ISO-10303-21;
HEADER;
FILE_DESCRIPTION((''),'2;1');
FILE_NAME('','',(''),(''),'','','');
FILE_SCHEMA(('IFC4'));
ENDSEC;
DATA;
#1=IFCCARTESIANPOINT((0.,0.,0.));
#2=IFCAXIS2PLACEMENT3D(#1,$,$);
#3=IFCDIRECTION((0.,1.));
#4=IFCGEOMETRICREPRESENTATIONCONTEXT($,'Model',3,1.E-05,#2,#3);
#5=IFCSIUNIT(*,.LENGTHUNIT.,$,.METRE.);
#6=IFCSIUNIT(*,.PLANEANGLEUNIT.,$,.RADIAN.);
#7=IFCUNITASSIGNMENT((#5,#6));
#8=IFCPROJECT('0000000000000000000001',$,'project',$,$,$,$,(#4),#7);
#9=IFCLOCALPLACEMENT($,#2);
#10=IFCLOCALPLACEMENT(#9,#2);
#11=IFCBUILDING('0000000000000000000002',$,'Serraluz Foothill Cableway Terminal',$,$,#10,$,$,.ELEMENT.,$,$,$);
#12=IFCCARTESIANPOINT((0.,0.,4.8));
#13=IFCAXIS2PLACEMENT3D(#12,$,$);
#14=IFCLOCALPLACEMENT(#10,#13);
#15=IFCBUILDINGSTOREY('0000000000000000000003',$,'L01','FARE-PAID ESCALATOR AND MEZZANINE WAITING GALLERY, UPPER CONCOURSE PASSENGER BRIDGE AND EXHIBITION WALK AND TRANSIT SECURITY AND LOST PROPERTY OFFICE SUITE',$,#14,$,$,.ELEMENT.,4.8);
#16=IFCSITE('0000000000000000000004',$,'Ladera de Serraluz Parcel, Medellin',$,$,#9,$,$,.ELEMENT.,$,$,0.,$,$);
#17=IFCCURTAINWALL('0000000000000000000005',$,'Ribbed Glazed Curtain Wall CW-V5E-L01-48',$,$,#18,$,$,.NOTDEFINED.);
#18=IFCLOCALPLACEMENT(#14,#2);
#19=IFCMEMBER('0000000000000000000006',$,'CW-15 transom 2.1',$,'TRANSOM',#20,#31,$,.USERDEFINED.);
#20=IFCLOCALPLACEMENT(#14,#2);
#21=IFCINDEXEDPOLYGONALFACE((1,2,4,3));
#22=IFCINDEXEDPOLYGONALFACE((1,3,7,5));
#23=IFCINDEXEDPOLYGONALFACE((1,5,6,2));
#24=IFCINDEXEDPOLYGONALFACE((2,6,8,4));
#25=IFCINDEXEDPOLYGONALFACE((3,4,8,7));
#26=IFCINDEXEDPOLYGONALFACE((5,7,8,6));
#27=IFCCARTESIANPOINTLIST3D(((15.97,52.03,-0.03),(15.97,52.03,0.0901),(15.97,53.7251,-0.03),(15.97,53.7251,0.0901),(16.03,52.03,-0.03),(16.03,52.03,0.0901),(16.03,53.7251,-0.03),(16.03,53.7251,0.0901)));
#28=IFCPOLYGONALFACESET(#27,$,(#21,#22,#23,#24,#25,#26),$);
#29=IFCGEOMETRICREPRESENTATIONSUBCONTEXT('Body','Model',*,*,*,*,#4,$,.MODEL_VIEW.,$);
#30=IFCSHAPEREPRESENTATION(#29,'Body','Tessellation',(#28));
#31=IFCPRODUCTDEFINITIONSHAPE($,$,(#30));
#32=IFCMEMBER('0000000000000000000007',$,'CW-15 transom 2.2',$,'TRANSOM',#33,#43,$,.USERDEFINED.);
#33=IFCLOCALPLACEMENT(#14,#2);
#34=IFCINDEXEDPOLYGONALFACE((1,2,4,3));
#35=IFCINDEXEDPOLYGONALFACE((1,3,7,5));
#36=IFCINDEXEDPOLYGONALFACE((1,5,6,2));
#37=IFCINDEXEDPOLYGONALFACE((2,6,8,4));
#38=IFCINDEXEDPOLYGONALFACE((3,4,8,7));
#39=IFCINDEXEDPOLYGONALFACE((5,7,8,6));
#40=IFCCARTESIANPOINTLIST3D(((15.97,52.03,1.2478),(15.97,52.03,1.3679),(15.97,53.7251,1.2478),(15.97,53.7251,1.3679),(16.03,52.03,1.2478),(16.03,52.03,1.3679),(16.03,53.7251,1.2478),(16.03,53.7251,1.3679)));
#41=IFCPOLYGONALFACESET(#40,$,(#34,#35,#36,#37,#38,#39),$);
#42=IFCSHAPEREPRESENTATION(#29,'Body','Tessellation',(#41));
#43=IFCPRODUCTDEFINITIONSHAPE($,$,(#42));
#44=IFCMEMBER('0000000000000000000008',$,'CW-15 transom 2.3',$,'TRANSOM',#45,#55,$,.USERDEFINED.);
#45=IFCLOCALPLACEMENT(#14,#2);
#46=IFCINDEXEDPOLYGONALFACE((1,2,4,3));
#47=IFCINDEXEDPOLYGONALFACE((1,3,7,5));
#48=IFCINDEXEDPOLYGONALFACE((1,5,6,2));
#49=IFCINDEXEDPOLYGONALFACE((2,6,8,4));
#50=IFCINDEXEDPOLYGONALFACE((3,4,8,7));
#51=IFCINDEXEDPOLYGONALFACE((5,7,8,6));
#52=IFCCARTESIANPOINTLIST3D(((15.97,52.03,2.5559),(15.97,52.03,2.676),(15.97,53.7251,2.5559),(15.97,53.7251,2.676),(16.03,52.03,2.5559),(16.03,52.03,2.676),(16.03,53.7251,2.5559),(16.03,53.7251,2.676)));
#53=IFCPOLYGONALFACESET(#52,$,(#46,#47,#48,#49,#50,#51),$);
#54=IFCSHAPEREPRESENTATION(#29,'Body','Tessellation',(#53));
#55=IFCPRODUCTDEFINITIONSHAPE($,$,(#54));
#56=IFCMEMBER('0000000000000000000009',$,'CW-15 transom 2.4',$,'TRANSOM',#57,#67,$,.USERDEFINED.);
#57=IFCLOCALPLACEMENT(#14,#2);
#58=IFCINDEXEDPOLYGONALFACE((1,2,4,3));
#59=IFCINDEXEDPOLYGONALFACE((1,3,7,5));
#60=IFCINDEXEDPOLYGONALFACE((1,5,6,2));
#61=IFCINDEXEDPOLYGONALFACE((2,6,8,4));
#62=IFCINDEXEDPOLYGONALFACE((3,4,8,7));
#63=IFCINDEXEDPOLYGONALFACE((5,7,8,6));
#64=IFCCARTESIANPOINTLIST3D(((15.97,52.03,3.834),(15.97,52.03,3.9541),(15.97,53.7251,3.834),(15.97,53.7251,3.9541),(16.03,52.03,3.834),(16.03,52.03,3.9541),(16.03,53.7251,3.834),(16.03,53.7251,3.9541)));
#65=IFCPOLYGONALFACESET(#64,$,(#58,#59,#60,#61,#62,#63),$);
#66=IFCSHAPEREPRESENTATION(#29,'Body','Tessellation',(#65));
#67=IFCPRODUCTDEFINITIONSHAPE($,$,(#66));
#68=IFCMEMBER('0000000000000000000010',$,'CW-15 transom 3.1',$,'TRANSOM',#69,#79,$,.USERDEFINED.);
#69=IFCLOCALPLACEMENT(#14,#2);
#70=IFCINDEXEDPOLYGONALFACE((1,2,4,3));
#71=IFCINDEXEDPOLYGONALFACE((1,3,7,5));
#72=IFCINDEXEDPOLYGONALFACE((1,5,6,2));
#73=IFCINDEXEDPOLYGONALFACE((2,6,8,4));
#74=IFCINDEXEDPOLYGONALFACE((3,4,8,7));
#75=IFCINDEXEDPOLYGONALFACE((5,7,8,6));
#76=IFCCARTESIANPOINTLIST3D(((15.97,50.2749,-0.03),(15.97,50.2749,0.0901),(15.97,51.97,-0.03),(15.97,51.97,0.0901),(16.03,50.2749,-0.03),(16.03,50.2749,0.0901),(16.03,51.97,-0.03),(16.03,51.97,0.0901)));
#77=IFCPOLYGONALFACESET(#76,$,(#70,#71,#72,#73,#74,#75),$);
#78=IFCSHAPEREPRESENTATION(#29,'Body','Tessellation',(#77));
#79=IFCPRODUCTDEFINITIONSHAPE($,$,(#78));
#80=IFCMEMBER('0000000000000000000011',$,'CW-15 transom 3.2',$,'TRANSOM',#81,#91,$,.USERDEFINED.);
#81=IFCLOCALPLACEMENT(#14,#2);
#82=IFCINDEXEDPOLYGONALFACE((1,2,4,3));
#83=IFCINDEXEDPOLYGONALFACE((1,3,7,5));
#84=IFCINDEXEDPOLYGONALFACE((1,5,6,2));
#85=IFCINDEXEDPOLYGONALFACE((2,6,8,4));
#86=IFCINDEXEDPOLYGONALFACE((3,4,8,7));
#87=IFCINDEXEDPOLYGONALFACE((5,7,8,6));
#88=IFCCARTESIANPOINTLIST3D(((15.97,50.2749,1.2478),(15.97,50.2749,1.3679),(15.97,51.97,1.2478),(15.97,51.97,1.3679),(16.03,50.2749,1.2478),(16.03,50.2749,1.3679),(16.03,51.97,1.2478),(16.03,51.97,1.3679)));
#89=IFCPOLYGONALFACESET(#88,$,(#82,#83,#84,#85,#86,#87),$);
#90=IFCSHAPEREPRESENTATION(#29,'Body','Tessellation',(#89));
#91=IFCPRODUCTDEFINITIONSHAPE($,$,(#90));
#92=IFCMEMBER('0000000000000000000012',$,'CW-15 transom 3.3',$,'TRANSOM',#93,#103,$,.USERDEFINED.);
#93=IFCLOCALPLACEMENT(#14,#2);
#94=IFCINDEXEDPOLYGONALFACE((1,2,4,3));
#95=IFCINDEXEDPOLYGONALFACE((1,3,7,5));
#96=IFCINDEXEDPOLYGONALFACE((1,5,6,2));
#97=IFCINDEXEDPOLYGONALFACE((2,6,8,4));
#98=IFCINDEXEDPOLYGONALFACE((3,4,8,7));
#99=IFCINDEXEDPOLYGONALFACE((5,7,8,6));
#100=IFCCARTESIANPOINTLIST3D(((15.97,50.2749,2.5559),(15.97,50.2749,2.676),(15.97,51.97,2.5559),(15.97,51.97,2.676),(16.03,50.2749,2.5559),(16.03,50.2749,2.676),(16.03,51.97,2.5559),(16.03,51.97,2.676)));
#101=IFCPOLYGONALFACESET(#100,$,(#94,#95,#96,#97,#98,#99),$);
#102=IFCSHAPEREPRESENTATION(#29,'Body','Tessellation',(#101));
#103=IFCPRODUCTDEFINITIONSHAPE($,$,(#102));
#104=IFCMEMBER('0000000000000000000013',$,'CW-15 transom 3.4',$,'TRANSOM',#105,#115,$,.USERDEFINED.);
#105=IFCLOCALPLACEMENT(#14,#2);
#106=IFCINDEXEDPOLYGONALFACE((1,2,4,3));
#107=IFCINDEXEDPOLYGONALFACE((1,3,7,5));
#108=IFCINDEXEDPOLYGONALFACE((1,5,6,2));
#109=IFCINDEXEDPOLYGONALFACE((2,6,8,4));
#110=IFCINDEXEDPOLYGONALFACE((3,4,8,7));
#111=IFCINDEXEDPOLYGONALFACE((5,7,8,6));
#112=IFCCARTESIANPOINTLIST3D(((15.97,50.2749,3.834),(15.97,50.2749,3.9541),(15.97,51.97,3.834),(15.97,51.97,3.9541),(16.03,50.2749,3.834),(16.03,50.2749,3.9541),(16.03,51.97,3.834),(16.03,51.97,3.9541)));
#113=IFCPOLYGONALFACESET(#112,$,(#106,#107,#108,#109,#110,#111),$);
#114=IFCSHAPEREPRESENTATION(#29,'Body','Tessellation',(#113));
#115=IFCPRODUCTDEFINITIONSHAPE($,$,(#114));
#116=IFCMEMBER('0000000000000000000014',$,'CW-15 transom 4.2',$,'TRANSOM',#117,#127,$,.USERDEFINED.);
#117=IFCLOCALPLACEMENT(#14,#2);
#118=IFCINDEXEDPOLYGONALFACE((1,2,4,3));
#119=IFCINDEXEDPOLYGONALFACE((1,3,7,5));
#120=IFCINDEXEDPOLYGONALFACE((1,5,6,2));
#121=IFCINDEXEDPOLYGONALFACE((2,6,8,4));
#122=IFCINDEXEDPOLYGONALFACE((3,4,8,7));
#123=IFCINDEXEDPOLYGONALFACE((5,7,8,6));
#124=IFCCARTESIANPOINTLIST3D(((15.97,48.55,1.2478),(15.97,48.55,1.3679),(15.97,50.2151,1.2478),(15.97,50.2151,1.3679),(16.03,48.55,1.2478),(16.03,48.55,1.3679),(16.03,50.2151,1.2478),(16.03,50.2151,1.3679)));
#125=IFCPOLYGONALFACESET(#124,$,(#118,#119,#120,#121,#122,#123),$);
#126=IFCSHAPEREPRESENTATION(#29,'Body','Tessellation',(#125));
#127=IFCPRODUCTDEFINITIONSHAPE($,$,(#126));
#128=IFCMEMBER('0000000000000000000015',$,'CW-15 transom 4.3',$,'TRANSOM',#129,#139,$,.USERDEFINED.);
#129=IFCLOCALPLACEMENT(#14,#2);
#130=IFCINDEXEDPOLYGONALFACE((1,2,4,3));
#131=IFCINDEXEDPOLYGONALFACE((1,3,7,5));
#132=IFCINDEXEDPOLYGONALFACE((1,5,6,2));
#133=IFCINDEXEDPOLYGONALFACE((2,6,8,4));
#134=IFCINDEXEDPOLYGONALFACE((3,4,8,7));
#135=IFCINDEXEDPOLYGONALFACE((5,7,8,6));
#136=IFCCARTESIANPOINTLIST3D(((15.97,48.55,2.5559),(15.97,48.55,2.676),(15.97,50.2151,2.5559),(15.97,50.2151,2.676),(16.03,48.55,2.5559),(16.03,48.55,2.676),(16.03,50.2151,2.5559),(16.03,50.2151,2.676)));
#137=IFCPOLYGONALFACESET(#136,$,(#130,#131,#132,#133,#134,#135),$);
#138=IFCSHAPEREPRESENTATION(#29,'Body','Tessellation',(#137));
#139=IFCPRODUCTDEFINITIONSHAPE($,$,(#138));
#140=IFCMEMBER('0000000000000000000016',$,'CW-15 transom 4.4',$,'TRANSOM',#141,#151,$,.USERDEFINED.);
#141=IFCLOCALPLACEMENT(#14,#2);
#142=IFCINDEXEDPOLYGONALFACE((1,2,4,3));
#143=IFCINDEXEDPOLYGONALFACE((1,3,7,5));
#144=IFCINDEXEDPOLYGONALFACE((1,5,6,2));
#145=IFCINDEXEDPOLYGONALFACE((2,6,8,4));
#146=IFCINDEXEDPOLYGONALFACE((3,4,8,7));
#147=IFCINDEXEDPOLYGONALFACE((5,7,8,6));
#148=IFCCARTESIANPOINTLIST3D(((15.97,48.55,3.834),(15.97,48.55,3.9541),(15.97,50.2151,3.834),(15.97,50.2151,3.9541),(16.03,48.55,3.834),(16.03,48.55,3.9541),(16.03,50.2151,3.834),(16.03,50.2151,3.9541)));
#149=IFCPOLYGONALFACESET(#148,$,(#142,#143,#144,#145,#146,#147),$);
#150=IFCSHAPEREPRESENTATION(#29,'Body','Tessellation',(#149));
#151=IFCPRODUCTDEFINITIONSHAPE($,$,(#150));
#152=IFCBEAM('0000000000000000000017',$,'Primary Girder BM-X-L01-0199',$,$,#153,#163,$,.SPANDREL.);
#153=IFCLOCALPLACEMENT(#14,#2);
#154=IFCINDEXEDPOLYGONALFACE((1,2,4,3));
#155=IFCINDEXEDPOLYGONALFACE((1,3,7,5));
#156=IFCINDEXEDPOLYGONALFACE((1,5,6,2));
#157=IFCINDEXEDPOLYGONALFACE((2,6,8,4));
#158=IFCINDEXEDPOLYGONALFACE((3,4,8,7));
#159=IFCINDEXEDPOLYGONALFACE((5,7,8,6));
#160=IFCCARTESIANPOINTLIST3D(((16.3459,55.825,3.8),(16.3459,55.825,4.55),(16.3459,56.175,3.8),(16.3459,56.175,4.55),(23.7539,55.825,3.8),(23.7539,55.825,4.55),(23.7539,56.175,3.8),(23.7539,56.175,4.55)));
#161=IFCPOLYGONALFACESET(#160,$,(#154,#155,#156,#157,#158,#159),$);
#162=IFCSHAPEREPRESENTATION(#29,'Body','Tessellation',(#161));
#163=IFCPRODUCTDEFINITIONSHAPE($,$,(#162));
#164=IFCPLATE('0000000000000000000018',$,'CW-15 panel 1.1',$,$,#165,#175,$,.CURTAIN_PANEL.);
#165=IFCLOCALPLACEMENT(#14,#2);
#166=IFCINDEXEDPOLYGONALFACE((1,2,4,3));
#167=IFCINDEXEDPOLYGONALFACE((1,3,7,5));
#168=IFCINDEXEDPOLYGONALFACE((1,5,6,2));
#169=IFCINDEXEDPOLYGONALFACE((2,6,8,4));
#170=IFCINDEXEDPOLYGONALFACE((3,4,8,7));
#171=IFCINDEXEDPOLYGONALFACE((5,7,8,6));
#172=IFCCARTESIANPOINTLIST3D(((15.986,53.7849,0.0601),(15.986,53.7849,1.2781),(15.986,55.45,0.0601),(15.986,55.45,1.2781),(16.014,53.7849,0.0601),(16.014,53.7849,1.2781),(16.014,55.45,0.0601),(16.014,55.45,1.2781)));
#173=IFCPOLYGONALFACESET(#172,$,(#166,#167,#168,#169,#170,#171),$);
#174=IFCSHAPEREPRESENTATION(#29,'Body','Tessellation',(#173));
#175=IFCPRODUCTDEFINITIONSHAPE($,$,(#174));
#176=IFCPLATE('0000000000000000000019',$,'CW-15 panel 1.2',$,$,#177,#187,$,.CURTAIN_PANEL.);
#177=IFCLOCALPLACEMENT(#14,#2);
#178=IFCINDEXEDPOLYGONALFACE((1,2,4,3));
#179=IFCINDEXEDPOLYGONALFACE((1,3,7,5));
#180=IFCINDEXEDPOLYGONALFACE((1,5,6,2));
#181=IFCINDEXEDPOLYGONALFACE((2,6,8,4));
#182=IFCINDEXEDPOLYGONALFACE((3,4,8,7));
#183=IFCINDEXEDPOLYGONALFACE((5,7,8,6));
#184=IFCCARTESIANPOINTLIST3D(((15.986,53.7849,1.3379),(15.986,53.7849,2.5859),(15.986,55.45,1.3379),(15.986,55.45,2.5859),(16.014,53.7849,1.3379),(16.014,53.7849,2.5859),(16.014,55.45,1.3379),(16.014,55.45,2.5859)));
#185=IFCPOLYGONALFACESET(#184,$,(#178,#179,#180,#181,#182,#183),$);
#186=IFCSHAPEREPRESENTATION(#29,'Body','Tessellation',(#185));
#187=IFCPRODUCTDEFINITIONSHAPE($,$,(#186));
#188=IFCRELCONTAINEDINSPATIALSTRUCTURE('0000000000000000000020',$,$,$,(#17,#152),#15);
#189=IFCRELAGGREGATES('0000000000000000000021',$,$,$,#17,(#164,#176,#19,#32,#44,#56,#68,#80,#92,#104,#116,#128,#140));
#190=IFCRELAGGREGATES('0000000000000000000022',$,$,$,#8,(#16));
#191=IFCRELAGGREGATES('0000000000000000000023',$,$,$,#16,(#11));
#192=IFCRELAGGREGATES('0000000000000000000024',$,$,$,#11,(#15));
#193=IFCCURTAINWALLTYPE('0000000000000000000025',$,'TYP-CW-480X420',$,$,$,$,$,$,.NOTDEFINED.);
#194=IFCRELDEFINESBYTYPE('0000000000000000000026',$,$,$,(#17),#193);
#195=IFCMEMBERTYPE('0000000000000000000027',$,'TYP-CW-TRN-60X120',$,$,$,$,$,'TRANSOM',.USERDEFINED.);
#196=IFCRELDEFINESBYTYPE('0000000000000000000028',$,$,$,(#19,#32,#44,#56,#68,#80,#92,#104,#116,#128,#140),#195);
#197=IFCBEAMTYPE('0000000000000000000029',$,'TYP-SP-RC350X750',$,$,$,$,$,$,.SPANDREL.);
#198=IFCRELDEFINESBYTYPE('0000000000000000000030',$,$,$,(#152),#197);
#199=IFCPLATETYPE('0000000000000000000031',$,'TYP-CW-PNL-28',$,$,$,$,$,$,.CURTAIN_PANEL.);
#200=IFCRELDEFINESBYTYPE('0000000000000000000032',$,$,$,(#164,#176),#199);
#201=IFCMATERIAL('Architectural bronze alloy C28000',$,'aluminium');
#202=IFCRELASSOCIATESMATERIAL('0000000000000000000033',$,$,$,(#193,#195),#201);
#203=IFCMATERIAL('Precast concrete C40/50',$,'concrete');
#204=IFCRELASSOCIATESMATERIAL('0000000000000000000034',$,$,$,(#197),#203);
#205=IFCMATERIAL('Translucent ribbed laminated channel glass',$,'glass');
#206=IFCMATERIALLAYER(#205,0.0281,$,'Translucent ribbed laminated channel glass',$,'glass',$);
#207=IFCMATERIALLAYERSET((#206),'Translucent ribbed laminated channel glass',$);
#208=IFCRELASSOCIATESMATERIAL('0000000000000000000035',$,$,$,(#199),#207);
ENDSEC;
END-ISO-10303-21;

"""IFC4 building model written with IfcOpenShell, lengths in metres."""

from ifc_helpers import new_model, si_unit, direction, frame, origin, origin_2d, place, context, subcontext, project, spatial, rectangle, extrude, material, layer, layer_set, material_profile, profile_set, type_object, element, aggregate, save


model = new_model("IFC4")

# Units and contexts
model_context = context("Model", 3, precision=1e-05, world=origin(), true_north=direction((0.0, 1.0)))
body_context = subcontext(model_context, "Body", "Model", "MODEL_VIEW")
ifc_project = project(units=[si_unit("LENGTHUNIT", "METRE"), si_unit("PLANEANGLEUNIT", "RADIAN")], contexts=[model_context])

# Site, building, storey
site_placement = place(None, origin())
site = spatial("IfcSite", under=ifc_project, at=site_placement, Name="Ladera de Serraluz Parcel, Medellin", CompositionType="ELEMENT", RefElevation=0.0)
building_placement = place(site_placement, origin())
building = spatial("IfcBuilding", under=site, at=building_placement, Name="Serraluz Foothill Cableway Terminal", CompositionType="ELEMENT")
storey_placement = place(building_placement, frame((0.0, 0.0, 4.8)))
storey = spatial("IfcBuildingStorey", under=building, at=storey_placement, Name="L01", Description="FARE-PAID ESCALATOR AND MEZZANINE WAITING GALLERY, UPPER CONCOURSE PASSENGER BRIDGE AND EXHIBITION WALK AND TRANSIT SECURITY AND LOST PROPERTY OFFICE SUITE", CompositionType="ELEMENT", Elevation=4.8)

# Curtain wall
ifc_material_1 = material(Name="Architectural bronze alloy C28000", Category="aluminium")
curtain_wall_type_1 = type_object("IfcCurtainWallType", Name="TYP-CW-480X420", PredefinedType="NOTDEFINED", material=ifc_material_1)
curtain_wall_1_placement = place(storey_placement, origin())
curtain_wall_1 = element("IfcCurtainWall", 1, at=curtain_wall_1_placement, inside=storey, type_object=curtain_wall_type_1, Name="Ribbed Glazed Curtain Wall CW-V5E-L01-48", PredefinedType="NOTDEFINED")

# Members
ifc_material_profile_1 = material_profile(ifc_material_1, rectangle(XDim=0.0601, YDim=0.1201, at=origin_2d()), Name="ALU TRANSOM 60x120")
ifc_profile_set_1 = profile_set([ifc_material_profile_1], Name="Architectural bronze alloy C28000")
member_type_1 = type_object("IfcMemberType", Name="TYP-CW-TRN-60X120", ElementType="TRANSOM", PredefinedType="USERDEFINED", material=ifc_profile_set_1)
member_1_placement = place(storey_placement, frame((16.0, 53.7251, 0.03), z_axis=(0.0, -1.0, 0.0), x_axis=(1.0, 0.0, 0.0)))
member_1 = element("IfcMember", 2, at=member_1_placement, type_object=member_type_1, Name="CW-15 transom 2.1", ObjectType="TRANSOM", PredefinedType="USERDEFINED", context=body_context, shape_type="SweptSolid", body=[
    extrude(rectangle(XDim=0.0601, YDim=0.1201, at=origin_2d()), origin(), (0.0, 0.0, 1.0), 1.6951),
])
member_2_placement = place(storey_placement, frame((16.0, 53.7251, 1.3079), z_axis=(0.0, -1.0, 0.0), x_axis=(1.0, 0.0, 0.0)))
member_2 = element("IfcMember", 3, at=member_2_placement, type_object=member_type_1, Name="CW-15 transom 2.2", ObjectType="TRANSOM", PredefinedType="USERDEFINED", context=body_context, shape_type="SweptSolid", body=[
    extrude(rectangle(XDim=0.0601, YDim=0.1201, at=origin_2d()), origin(), (0.0, 0.0, 1.0), 1.6951),
])
member_3_placement = place(storey_placement, frame((16.0, 53.7251, 2.616), z_axis=(0.0, -1.0, 0.0), x_axis=(1.0, 0.0, 0.0)))
member_3 = element("IfcMember", 4, at=member_3_placement, type_object=member_type_1, Name="CW-15 transom 2.3", ObjectType="TRANSOM", PredefinedType="USERDEFINED", context=body_context, shape_type="SweptSolid", body=[
    extrude(rectangle(XDim=0.0601, YDim=0.1201, at=origin_2d()), origin(), (0.0, 0.0, 1.0), 1.6951),
])
member_4_placement = place(storey_placement, frame((16.0, 53.7251, 3.894), z_axis=(0.0, -1.0, 0.0), x_axis=(1.0, 0.0, 0.0)))
member_4 = element("IfcMember", 5, at=member_4_placement, type_object=member_type_1, Name="CW-15 transom 2.4", ObjectType="TRANSOM", PredefinedType="USERDEFINED", context=body_context, shape_type="SweptSolid", body=[
    extrude(rectangle(XDim=0.0601, YDim=0.1201, at=origin_2d()), origin(), (0.0, 0.0, 1.0), 1.6951),
])
member_5_placement = place(storey_placement, frame((16.0, 51.97, 0.03), z_axis=(0.0, -1.0, 0.0), x_axis=(1.0, 0.0, 0.0)))
member_5 = element("IfcMember", 6, at=member_5_placement, type_object=member_type_1, Name="CW-15 transom 3.1", ObjectType="TRANSOM", PredefinedType="USERDEFINED", context=body_context, shape_type="SweptSolid", body=[
    extrude(rectangle(XDim=0.0601, YDim=0.1201, at=origin_2d()), origin(), (0.0, 0.0, 1.0), 1.6951),
])
member_6_placement = place(storey_placement, frame((16.0, 51.97, 1.3079), z_axis=(0.0, -1.0, 0.0), x_axis=(1.0, 0.0, 0.0)))
member_6 = element("IfcMember", 7, at=member_6_placement, type_object=member_type_1, Name="CW-15 transom 3.2", ObjectType="TRANSOM", PredefinedType="USERDEFINED", context=body_context, shape_type="SweptSolid", body=[
    extrude(rectangle(XDim=0.0601, YDim=0.1201, at=origin_2d()), origin(), (0.0, 0.0, 1.0), 1.6951),
])
member_7_placement = place(storey_placement, frame((16.0, 51.97, 2.616), z_axis=(0.0, -1.0, 0.0), x_axis=(1.0, 0.0, 0.0)))
member_7 = element("IfcMember", 8, at=member_7_placement, type_object=member_type_1, Name="CW-15 transom 3.3", ObjectType="TRANSOM", PredefinedType="USERDEFINED", context=body_context, shape_type="SweptSolid", body=[
    extrude(rectangle(XDim=0.0601, YDim=0.1201, at=origin_2d()), origin(), (0.0, 0.0, 1.0), 1.6951),
])
member_8_placement = place(storey_placement, frame((16.0, 51.97, 3.894), z_axis=(0.0, -1.0, 0.0), x_axis=(1.0, 0.0, 0.0)))
member_8 = element("IfcMember", 9, at=member_8_placement, type_object=member_type_1, Name="CW-15 transom 3.4", ObjectType="TRANSOM", PredefinedType="USERDEFINED", context=body_context, shape_type="SweptSolid", body=[
    extrude(rectangle(XDim=0.0601, YDim=0.1201, at=origin_2d()), origin(), (0.0, 0.0, 1.0), 1.6951),
])
member_9_placement = place(storey_placement, frame((16.0, 50.2151, 1.3079), z_axis=(0.0, -1.0, 0.0), x_axis=(1.0, 0.0, 0.0)))
member_9 = element("IfcMember", 10, at=member_9_placement, type_object=member_type_1, Name="CW-15 transom 4.2", ObjectType="TRANSOM", PredefinedType="USERDEFINED", context=body_context, shape_type="SweptSolid", body=[
    extrude(rectangle(XDim=0.0601, YDim=0.1201, at=origin_2d()), origin(), (0.0, 0.0, 1.0), 1.665),
])
member_10_placement = place(storey_placement, frame((16.0, 50.2151, 2.616), z_axis=(0.0, -1.0, 0.0), x_axis=(1.0, 0.0, 0.0)))
member_10 = element("IfcMember", 11, at=member_10_placement, type_object=member_type_1, Name="CW-15 transom 4.3", ObjectType="TRANSOM", PredefinedType="USERDEFINED", context=body_context, shape_type="SweptSolid", body=[
    extrude(rectangle(XDim=0.0601, YDim=0.1201, at=origin_2d()), origin(), (0.0, 0.0, 1.0), 1.665),
])
member_11_placement = place(storey_placement, frame((16.0, 50.2151, 3.894), z_axis=(0.0, -1.0, 0.0), x_axis=(1.0, 0.0, 0.0)))
member_11 = element("IfcMember", 12, at=member_11_placement, type_object=member_type_1, Name="CW-15 transom 4.4", ObjectType="TRANSOM", PredefinedType="USERDEFINED", context=body_context, shape_type="SweptSolid", body=[
    extrude(rectangle(XDim=0.0601, YDim=0.1201, at=origin_2d()), origin(), (0.0, 0.0, 1.0), 1.665),
])

# Beam
ifc_material_2 = material(Name="Precast concrete C40/50", Category="concrete")
ifc_material_profile_2 = material_profile(ifc_material_2, rectangle(XDim=0.3501, YDim=0.75, at=origin_2d()), Name="RC SP 350x750")
ifc_profile_set_2 = profile_set([ifc_material_profile_2], Name="Precast concrete C40/50")
beam_type_1 = type_object("IfcBeamType", Name="TYP-SP-RC350X750", PredefinedType="SPANDREL", material=ifc_profile_set_2)
beam_1_placement = place(storey_placement, frame((16.3459, 56.0, 4.175), z_axis=(1.0, 0.0, 0.0), x_axis=(0.0, 1.0, 0.0)))
element("IfcBeam", 13, at=beam_1_placement, inside=storey, type_object=beam_type_1, Name="Primary Girder BM-X-L01-0199", PredefinedType="SPANDREL", context=body_context, shape_type="SweptSolid", body=[
    extrude(rectangle(XDim=0.3501, YDim=0.75, at=origin_2d()), origin(), (0.0, 0.0, 1.0), 7.408),
])

# Plates
ifc_material_3 = material(Name="Translucent ribbed laminated channel glass", Category="glass")
ifc_layer = layer(ifc_material_3, 0.0281, Name="Translucent ribbed laminated channel glass", Category="glass")
ifc_layer_set = layer_set([ifc_layer], Name="Translucent ribbed laminated channel glass")
plate_type = type_object("IfcPlateType", Name="TYP-CW-PNL-28", PredefinedType="CURTAIN_PANEL", material=ifc_layer_set)
plate_1_placement = place(storey_placement, frame((16.0, 54.6174, 0.0601), z_axis=(0.0, 0.0, 1.0), x_axis=(0.0, -1.0, 0.0)))
plate_1 = element("IfcPlate", 14, at=plate_1_placement, type_object=plate_type, Name="CW-15 panel 1.1", PredefinedType="CURTAIN_PANEL", context=body_context, shape_type="SweptSolid", body=[
    extrude(rectangle(XDim=1.665, YDim=0.0281, at=origin_2d()), origin(), (0.0, 0.0, 1.0), 1.218),
])
plate_2_placement = place(storey_placement, frame((16.0, 54.6174, 1.3379), z_axis=(0.0, 0.0, 1.0), x_axis=(0.0, -1.0, 0.0)))
plate_2 = element("IfcPlate", 15, at=plate_2_placement, type_object=plate_type, Name="CW-15 panel 1.2", PredefinedType="CURTAIN_PANEL", context=body_context, shape_type="SweptSolid", body=[
    extrude(rectangle(XDim=1.665, YDim=0.0281, at=origin_2d()), origin(), (0.0, 0.0, 1.0), 1.248),
])
aggregate(curtain_wall_1, [plate_1, plate_2, member_1, member_2, member_3, member_4, member_5, member_6, member_7, member_8, member_9, member_10, member_11])

save(model, "model.ifc")
